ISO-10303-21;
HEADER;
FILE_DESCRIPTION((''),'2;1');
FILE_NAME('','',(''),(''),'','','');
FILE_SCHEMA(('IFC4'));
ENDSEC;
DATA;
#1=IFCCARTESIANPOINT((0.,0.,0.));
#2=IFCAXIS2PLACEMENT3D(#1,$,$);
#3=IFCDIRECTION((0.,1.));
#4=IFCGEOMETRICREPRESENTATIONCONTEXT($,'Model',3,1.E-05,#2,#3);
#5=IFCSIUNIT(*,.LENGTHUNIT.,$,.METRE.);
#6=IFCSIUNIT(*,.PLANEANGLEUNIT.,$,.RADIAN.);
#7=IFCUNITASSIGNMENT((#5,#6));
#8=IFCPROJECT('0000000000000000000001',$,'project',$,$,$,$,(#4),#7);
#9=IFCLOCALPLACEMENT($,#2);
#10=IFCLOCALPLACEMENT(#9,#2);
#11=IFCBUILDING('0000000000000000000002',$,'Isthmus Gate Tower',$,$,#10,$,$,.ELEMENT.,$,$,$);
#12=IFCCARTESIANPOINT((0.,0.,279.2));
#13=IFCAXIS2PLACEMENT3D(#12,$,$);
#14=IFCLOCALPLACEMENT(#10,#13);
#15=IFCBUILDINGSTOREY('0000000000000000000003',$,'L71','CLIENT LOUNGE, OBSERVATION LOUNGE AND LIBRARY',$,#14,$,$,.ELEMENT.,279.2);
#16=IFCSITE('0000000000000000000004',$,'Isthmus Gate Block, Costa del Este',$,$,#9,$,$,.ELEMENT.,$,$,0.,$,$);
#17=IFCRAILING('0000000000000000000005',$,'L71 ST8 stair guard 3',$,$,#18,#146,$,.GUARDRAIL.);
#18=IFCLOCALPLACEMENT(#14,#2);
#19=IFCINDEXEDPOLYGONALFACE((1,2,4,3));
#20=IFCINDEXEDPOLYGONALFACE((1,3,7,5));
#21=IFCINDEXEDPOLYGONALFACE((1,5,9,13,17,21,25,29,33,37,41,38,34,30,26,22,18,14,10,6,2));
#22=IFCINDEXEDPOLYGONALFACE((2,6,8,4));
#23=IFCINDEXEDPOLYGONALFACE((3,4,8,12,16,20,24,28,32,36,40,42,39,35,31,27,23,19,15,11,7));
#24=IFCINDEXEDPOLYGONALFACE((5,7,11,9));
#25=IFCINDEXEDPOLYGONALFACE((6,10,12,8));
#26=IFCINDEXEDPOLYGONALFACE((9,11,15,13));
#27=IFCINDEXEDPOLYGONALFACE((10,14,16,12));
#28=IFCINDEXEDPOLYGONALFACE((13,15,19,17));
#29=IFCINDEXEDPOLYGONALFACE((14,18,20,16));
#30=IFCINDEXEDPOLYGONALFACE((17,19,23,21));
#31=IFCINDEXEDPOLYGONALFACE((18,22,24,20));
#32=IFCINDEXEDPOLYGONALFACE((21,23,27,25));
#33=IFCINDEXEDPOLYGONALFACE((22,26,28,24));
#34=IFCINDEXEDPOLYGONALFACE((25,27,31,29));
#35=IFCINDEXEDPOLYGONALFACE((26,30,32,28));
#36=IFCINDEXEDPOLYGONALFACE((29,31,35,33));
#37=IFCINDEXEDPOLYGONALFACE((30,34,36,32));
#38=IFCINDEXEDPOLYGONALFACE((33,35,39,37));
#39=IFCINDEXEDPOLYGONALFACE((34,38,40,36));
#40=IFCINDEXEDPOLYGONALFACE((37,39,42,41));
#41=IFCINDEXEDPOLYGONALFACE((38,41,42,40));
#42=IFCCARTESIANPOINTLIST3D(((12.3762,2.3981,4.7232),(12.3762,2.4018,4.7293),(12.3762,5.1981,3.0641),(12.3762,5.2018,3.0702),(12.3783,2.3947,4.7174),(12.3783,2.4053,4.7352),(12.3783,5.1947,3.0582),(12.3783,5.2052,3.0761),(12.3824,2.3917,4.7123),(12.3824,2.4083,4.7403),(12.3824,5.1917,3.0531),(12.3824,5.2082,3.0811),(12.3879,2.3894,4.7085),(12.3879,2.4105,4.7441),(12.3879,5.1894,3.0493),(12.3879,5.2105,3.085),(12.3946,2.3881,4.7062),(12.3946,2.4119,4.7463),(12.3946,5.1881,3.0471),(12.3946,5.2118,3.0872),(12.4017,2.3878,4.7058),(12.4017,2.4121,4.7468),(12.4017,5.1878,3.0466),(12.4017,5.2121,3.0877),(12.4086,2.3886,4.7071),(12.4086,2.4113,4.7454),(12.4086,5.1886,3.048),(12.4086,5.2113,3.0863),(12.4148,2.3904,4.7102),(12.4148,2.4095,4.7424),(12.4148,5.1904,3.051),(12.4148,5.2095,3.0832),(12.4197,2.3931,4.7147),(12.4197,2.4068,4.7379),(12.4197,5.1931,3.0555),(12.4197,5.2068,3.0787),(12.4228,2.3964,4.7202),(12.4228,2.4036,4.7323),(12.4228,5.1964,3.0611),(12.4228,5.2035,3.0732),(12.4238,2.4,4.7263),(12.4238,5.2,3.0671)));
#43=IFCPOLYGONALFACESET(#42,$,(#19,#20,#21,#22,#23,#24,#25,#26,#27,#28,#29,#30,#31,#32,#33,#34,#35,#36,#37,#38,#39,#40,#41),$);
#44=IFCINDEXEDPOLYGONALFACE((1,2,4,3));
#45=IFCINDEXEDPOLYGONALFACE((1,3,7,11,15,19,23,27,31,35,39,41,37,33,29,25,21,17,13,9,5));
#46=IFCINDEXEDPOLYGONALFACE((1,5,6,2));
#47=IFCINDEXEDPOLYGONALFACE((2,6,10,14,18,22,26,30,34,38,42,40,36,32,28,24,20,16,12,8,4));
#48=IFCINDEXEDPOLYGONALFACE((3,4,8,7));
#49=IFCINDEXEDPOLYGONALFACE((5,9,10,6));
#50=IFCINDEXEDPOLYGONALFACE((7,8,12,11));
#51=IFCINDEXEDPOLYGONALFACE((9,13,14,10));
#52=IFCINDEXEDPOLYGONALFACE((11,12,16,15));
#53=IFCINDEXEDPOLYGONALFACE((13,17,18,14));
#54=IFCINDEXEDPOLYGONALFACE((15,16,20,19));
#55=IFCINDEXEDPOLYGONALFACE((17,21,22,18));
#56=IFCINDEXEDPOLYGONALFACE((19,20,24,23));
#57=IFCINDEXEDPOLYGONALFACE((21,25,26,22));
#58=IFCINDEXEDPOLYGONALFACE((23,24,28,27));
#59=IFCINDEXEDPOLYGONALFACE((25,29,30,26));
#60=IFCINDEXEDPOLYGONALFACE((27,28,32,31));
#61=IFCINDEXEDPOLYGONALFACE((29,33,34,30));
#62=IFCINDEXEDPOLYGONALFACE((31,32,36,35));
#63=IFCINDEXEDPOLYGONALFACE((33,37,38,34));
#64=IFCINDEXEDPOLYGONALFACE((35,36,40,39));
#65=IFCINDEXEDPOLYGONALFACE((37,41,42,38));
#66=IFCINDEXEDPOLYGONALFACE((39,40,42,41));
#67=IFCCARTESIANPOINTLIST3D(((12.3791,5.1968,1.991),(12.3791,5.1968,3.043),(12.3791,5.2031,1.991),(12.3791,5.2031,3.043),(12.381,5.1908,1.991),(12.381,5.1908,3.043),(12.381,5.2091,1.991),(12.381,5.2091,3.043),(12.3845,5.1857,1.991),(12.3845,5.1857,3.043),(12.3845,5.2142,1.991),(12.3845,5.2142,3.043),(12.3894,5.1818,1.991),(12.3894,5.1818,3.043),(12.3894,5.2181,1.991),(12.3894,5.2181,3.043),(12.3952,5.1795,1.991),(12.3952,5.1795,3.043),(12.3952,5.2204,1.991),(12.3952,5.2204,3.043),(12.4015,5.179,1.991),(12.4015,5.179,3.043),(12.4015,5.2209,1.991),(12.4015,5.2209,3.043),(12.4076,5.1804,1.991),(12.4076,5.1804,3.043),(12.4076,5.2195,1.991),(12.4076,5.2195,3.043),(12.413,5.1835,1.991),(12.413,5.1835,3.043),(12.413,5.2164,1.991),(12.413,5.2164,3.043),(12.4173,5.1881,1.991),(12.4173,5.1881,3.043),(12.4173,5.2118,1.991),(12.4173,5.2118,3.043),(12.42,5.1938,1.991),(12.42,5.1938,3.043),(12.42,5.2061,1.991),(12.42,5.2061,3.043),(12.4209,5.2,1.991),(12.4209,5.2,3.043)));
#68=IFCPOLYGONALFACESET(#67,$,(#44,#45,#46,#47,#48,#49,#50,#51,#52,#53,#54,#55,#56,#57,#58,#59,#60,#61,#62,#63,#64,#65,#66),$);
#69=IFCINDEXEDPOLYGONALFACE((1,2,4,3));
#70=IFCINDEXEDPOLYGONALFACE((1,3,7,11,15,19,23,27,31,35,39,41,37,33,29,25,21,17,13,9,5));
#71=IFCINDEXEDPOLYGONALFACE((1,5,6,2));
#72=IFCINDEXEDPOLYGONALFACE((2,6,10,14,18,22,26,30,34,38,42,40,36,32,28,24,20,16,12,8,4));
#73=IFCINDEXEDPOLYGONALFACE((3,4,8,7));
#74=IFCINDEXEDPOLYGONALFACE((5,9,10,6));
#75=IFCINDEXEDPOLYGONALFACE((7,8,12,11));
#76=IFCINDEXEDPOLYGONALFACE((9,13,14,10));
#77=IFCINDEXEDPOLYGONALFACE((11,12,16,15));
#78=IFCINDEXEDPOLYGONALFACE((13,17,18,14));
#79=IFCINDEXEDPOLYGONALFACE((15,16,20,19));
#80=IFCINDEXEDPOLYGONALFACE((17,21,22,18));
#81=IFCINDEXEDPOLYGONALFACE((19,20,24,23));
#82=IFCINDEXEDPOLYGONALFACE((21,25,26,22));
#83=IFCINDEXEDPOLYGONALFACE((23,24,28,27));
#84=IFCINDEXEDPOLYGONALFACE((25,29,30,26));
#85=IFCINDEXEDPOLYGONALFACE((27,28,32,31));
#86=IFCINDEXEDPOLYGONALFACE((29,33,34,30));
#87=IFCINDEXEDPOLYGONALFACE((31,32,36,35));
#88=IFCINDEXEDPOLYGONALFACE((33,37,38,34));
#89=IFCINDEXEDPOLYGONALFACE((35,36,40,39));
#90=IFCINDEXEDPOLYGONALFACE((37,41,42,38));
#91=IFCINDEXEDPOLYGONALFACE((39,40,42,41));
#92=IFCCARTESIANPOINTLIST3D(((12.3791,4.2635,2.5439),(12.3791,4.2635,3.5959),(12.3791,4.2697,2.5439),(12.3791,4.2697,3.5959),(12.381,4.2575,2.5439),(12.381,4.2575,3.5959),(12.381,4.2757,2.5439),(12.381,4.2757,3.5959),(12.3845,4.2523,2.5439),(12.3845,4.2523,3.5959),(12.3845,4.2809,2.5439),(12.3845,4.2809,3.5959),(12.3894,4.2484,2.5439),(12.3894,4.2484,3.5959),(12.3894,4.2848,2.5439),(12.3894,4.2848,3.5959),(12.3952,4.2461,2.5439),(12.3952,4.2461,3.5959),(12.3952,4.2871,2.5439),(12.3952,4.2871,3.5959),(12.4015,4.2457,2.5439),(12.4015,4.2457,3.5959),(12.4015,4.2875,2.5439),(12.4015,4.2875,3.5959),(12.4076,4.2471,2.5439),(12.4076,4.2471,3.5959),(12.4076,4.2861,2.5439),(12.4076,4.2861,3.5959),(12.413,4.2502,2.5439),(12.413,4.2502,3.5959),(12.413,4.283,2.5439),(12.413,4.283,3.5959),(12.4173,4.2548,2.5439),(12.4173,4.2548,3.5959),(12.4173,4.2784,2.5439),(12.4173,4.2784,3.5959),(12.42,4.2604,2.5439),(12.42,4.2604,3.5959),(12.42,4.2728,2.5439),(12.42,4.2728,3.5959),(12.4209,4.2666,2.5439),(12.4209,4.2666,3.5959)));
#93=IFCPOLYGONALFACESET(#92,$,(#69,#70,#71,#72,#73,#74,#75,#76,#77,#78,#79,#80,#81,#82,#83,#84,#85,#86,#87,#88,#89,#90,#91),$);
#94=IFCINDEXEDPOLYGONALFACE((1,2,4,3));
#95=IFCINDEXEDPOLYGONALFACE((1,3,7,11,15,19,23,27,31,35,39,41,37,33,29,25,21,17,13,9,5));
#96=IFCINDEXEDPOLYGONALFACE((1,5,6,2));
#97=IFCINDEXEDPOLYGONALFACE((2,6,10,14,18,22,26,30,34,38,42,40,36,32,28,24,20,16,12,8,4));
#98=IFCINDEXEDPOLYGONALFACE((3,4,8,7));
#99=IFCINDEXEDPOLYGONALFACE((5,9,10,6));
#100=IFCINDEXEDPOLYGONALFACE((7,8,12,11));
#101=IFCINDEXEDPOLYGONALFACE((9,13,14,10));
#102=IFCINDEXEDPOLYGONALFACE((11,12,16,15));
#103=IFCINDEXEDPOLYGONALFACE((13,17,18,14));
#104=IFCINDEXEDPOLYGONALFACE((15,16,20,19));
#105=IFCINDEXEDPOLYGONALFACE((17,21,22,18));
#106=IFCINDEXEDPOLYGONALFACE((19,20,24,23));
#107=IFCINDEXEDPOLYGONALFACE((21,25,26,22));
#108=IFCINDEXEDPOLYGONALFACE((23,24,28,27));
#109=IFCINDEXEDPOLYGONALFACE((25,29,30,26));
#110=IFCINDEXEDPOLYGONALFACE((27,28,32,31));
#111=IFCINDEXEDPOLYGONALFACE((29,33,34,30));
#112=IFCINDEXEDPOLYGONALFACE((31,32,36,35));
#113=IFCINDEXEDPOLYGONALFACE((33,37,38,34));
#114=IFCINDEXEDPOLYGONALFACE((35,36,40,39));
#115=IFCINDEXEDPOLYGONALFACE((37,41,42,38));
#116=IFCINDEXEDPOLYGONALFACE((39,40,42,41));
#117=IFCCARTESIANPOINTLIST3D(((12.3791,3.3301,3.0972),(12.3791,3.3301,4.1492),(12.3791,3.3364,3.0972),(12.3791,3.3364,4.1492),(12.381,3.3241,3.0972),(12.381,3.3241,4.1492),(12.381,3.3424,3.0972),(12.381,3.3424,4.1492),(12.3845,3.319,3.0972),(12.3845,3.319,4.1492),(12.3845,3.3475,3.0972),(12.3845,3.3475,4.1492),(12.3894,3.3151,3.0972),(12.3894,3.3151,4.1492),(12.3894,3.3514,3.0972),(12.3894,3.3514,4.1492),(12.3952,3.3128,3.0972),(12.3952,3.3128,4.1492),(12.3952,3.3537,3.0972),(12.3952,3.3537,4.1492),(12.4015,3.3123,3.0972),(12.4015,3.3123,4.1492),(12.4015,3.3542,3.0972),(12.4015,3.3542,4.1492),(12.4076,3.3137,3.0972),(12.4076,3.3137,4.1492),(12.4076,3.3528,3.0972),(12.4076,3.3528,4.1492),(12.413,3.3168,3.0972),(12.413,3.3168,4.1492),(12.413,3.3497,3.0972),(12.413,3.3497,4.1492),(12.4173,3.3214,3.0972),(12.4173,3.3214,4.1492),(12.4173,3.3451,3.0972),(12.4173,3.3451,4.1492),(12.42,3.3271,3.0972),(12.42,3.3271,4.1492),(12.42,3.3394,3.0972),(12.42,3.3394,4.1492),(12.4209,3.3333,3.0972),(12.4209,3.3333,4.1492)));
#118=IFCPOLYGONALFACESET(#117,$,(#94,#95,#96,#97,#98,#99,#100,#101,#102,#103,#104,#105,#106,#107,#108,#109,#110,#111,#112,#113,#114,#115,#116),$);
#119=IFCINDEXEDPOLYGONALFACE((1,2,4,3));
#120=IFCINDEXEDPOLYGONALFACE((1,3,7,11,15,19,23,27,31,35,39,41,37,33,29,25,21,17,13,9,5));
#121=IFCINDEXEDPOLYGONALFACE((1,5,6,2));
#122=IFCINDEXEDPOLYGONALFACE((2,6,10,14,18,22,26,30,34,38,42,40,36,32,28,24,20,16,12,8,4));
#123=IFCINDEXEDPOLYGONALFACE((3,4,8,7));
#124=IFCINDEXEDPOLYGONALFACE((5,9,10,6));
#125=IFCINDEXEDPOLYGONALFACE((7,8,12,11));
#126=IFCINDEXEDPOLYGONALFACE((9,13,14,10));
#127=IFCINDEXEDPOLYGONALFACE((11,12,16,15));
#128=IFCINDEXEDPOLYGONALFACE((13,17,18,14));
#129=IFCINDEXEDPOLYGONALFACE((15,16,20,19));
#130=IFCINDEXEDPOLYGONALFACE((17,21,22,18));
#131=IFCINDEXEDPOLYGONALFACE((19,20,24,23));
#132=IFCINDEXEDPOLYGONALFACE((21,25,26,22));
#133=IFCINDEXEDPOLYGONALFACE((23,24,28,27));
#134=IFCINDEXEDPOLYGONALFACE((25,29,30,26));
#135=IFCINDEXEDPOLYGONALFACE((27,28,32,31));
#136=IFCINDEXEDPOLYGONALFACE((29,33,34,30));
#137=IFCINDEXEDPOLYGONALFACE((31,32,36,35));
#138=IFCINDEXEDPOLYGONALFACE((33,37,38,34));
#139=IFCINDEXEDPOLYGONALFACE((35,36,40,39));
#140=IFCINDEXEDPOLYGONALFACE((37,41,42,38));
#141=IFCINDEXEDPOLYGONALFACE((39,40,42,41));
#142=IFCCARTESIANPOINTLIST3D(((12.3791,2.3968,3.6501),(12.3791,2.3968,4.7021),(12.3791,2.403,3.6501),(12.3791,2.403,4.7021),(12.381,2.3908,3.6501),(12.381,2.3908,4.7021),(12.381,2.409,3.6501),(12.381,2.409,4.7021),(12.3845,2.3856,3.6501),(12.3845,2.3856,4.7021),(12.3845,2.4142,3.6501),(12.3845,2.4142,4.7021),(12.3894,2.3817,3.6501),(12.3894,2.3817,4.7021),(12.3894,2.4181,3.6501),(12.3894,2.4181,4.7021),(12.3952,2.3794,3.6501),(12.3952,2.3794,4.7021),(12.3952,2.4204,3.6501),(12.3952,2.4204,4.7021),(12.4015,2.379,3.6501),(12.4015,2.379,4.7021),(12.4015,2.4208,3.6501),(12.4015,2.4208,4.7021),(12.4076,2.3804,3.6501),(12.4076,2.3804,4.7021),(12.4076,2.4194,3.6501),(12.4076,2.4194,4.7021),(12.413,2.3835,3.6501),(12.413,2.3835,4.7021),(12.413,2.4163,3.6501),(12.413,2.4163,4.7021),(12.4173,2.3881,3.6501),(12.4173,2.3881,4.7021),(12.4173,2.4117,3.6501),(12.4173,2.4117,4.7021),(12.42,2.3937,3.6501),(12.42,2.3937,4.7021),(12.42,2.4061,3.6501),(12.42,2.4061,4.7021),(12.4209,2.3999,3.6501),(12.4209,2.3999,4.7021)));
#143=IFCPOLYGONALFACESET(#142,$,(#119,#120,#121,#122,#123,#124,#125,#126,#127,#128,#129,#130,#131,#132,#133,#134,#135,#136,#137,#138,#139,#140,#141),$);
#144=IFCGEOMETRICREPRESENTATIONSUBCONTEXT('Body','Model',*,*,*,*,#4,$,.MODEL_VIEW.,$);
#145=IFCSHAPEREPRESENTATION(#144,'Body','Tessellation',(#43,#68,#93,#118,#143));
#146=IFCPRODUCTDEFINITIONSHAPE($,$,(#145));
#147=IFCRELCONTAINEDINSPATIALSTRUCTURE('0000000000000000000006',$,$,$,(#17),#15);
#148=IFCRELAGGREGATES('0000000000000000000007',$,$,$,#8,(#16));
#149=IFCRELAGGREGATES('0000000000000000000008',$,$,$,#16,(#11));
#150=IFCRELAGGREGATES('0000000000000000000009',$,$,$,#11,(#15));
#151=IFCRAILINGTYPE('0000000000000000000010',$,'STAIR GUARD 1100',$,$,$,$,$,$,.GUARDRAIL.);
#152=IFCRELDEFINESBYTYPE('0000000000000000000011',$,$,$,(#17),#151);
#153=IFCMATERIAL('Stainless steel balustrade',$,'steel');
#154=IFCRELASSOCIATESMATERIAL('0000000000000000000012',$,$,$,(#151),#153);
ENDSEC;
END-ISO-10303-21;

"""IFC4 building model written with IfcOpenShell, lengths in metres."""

from ifc_helpers import new_model, si_unit, direction, frame, origin, origin_2d, place, context, subcontext, project, spatial, circle, extrude, material, type_object, element, save


model = new_model("IFC4")

# Units and contexts
model_context = context("Model", 3, precision=1e-05, world=origin(), true_north=direction((0.0, 1.0)))
body_context = subcontext(model_context, "Body", "Model", "MODEL_VIEW")
ifc_project = project(units=[si_unit("LENGTHUNIT", "METRE"), si_unit("PLANEANGLEUNIT", "RADIAN")], contexts=[model_context])

# Site, building, storey
site_placement = place(None, origin())
site = spatial("IfcSite", under=ifc_project, at=site_placement, Name="Isthmus Gate Block, Costa del Este", CompositionType="ELEMENT", RefElevation=0.0)
building_placement = place(site_placement, origin())
building = spatial("IfcBuilding", under=site, at=building_placement, Name="Isthmus Gate Tower", CompositionType="ELEMENT")
storey_placement = place(building_placement, frame((0.0, 0.0, 279.2)))
storey = spatial("IfcBuildingStorey", under=building, at=storey_placement, Name="L71", Description="CLIENT LOUNGE, OBSERVATION LOUNGE AND LIBRARY", CompositionType="ELEMENT", Elevation=279.2)

# Railing
ifc_material_1 = material(Name="Stainless steel balustrade", Category="steel")
railing_type_1 = type_object("IfcRailingType", Name="STAIR GUARD 1100", PredefinedType="GUARDRAIL", material=ifc_material_1)
railing_1_placement = place(storey_placement, frame((12.3999, 5.2, 1.991)))
element("IfcRailing", 1, at=railing_1_placement, inside=storey, type_object=railing_type_1, Name="L71 ST8 stair guard 3", PredefinedType="GUARDRAIL", context=body_context, shape_type="SweptSolid", body=[
    extrude(circle(Radius=0.0239, at=origin_2d()), frame((0.0, 0.0, 1.0762), z_axis=(0.0, -0.860306, 0.509778), x_axis=(1.0, 0.0, 0.0)), (0.0, 0.0, 1.0), 3.2546),
    extrude(circle(Radius=0.021, at=origin_2d()), origin(), (0.0, 0.0, 1.0), 1.052),
    extrude(circle(Radius=0.021, at=origin_2d()), frame((0.0, -0.9333, 0.553)), (0.0, 0.0, 1.0), 1.052),
    extrude(circle(Radius=0.021, at=origin_2d()), frame((0.0, -1.8667, 1.1062)), (0.0, 0.0, 1.0), 1.052),
    extrude(circle(Radius=0.021, at=origin_2d()), frame((0.0, -2.8, 1.6592)), (0.0, 0.0, 1.0), 1.052),
])

save(model, "model.ifc")
